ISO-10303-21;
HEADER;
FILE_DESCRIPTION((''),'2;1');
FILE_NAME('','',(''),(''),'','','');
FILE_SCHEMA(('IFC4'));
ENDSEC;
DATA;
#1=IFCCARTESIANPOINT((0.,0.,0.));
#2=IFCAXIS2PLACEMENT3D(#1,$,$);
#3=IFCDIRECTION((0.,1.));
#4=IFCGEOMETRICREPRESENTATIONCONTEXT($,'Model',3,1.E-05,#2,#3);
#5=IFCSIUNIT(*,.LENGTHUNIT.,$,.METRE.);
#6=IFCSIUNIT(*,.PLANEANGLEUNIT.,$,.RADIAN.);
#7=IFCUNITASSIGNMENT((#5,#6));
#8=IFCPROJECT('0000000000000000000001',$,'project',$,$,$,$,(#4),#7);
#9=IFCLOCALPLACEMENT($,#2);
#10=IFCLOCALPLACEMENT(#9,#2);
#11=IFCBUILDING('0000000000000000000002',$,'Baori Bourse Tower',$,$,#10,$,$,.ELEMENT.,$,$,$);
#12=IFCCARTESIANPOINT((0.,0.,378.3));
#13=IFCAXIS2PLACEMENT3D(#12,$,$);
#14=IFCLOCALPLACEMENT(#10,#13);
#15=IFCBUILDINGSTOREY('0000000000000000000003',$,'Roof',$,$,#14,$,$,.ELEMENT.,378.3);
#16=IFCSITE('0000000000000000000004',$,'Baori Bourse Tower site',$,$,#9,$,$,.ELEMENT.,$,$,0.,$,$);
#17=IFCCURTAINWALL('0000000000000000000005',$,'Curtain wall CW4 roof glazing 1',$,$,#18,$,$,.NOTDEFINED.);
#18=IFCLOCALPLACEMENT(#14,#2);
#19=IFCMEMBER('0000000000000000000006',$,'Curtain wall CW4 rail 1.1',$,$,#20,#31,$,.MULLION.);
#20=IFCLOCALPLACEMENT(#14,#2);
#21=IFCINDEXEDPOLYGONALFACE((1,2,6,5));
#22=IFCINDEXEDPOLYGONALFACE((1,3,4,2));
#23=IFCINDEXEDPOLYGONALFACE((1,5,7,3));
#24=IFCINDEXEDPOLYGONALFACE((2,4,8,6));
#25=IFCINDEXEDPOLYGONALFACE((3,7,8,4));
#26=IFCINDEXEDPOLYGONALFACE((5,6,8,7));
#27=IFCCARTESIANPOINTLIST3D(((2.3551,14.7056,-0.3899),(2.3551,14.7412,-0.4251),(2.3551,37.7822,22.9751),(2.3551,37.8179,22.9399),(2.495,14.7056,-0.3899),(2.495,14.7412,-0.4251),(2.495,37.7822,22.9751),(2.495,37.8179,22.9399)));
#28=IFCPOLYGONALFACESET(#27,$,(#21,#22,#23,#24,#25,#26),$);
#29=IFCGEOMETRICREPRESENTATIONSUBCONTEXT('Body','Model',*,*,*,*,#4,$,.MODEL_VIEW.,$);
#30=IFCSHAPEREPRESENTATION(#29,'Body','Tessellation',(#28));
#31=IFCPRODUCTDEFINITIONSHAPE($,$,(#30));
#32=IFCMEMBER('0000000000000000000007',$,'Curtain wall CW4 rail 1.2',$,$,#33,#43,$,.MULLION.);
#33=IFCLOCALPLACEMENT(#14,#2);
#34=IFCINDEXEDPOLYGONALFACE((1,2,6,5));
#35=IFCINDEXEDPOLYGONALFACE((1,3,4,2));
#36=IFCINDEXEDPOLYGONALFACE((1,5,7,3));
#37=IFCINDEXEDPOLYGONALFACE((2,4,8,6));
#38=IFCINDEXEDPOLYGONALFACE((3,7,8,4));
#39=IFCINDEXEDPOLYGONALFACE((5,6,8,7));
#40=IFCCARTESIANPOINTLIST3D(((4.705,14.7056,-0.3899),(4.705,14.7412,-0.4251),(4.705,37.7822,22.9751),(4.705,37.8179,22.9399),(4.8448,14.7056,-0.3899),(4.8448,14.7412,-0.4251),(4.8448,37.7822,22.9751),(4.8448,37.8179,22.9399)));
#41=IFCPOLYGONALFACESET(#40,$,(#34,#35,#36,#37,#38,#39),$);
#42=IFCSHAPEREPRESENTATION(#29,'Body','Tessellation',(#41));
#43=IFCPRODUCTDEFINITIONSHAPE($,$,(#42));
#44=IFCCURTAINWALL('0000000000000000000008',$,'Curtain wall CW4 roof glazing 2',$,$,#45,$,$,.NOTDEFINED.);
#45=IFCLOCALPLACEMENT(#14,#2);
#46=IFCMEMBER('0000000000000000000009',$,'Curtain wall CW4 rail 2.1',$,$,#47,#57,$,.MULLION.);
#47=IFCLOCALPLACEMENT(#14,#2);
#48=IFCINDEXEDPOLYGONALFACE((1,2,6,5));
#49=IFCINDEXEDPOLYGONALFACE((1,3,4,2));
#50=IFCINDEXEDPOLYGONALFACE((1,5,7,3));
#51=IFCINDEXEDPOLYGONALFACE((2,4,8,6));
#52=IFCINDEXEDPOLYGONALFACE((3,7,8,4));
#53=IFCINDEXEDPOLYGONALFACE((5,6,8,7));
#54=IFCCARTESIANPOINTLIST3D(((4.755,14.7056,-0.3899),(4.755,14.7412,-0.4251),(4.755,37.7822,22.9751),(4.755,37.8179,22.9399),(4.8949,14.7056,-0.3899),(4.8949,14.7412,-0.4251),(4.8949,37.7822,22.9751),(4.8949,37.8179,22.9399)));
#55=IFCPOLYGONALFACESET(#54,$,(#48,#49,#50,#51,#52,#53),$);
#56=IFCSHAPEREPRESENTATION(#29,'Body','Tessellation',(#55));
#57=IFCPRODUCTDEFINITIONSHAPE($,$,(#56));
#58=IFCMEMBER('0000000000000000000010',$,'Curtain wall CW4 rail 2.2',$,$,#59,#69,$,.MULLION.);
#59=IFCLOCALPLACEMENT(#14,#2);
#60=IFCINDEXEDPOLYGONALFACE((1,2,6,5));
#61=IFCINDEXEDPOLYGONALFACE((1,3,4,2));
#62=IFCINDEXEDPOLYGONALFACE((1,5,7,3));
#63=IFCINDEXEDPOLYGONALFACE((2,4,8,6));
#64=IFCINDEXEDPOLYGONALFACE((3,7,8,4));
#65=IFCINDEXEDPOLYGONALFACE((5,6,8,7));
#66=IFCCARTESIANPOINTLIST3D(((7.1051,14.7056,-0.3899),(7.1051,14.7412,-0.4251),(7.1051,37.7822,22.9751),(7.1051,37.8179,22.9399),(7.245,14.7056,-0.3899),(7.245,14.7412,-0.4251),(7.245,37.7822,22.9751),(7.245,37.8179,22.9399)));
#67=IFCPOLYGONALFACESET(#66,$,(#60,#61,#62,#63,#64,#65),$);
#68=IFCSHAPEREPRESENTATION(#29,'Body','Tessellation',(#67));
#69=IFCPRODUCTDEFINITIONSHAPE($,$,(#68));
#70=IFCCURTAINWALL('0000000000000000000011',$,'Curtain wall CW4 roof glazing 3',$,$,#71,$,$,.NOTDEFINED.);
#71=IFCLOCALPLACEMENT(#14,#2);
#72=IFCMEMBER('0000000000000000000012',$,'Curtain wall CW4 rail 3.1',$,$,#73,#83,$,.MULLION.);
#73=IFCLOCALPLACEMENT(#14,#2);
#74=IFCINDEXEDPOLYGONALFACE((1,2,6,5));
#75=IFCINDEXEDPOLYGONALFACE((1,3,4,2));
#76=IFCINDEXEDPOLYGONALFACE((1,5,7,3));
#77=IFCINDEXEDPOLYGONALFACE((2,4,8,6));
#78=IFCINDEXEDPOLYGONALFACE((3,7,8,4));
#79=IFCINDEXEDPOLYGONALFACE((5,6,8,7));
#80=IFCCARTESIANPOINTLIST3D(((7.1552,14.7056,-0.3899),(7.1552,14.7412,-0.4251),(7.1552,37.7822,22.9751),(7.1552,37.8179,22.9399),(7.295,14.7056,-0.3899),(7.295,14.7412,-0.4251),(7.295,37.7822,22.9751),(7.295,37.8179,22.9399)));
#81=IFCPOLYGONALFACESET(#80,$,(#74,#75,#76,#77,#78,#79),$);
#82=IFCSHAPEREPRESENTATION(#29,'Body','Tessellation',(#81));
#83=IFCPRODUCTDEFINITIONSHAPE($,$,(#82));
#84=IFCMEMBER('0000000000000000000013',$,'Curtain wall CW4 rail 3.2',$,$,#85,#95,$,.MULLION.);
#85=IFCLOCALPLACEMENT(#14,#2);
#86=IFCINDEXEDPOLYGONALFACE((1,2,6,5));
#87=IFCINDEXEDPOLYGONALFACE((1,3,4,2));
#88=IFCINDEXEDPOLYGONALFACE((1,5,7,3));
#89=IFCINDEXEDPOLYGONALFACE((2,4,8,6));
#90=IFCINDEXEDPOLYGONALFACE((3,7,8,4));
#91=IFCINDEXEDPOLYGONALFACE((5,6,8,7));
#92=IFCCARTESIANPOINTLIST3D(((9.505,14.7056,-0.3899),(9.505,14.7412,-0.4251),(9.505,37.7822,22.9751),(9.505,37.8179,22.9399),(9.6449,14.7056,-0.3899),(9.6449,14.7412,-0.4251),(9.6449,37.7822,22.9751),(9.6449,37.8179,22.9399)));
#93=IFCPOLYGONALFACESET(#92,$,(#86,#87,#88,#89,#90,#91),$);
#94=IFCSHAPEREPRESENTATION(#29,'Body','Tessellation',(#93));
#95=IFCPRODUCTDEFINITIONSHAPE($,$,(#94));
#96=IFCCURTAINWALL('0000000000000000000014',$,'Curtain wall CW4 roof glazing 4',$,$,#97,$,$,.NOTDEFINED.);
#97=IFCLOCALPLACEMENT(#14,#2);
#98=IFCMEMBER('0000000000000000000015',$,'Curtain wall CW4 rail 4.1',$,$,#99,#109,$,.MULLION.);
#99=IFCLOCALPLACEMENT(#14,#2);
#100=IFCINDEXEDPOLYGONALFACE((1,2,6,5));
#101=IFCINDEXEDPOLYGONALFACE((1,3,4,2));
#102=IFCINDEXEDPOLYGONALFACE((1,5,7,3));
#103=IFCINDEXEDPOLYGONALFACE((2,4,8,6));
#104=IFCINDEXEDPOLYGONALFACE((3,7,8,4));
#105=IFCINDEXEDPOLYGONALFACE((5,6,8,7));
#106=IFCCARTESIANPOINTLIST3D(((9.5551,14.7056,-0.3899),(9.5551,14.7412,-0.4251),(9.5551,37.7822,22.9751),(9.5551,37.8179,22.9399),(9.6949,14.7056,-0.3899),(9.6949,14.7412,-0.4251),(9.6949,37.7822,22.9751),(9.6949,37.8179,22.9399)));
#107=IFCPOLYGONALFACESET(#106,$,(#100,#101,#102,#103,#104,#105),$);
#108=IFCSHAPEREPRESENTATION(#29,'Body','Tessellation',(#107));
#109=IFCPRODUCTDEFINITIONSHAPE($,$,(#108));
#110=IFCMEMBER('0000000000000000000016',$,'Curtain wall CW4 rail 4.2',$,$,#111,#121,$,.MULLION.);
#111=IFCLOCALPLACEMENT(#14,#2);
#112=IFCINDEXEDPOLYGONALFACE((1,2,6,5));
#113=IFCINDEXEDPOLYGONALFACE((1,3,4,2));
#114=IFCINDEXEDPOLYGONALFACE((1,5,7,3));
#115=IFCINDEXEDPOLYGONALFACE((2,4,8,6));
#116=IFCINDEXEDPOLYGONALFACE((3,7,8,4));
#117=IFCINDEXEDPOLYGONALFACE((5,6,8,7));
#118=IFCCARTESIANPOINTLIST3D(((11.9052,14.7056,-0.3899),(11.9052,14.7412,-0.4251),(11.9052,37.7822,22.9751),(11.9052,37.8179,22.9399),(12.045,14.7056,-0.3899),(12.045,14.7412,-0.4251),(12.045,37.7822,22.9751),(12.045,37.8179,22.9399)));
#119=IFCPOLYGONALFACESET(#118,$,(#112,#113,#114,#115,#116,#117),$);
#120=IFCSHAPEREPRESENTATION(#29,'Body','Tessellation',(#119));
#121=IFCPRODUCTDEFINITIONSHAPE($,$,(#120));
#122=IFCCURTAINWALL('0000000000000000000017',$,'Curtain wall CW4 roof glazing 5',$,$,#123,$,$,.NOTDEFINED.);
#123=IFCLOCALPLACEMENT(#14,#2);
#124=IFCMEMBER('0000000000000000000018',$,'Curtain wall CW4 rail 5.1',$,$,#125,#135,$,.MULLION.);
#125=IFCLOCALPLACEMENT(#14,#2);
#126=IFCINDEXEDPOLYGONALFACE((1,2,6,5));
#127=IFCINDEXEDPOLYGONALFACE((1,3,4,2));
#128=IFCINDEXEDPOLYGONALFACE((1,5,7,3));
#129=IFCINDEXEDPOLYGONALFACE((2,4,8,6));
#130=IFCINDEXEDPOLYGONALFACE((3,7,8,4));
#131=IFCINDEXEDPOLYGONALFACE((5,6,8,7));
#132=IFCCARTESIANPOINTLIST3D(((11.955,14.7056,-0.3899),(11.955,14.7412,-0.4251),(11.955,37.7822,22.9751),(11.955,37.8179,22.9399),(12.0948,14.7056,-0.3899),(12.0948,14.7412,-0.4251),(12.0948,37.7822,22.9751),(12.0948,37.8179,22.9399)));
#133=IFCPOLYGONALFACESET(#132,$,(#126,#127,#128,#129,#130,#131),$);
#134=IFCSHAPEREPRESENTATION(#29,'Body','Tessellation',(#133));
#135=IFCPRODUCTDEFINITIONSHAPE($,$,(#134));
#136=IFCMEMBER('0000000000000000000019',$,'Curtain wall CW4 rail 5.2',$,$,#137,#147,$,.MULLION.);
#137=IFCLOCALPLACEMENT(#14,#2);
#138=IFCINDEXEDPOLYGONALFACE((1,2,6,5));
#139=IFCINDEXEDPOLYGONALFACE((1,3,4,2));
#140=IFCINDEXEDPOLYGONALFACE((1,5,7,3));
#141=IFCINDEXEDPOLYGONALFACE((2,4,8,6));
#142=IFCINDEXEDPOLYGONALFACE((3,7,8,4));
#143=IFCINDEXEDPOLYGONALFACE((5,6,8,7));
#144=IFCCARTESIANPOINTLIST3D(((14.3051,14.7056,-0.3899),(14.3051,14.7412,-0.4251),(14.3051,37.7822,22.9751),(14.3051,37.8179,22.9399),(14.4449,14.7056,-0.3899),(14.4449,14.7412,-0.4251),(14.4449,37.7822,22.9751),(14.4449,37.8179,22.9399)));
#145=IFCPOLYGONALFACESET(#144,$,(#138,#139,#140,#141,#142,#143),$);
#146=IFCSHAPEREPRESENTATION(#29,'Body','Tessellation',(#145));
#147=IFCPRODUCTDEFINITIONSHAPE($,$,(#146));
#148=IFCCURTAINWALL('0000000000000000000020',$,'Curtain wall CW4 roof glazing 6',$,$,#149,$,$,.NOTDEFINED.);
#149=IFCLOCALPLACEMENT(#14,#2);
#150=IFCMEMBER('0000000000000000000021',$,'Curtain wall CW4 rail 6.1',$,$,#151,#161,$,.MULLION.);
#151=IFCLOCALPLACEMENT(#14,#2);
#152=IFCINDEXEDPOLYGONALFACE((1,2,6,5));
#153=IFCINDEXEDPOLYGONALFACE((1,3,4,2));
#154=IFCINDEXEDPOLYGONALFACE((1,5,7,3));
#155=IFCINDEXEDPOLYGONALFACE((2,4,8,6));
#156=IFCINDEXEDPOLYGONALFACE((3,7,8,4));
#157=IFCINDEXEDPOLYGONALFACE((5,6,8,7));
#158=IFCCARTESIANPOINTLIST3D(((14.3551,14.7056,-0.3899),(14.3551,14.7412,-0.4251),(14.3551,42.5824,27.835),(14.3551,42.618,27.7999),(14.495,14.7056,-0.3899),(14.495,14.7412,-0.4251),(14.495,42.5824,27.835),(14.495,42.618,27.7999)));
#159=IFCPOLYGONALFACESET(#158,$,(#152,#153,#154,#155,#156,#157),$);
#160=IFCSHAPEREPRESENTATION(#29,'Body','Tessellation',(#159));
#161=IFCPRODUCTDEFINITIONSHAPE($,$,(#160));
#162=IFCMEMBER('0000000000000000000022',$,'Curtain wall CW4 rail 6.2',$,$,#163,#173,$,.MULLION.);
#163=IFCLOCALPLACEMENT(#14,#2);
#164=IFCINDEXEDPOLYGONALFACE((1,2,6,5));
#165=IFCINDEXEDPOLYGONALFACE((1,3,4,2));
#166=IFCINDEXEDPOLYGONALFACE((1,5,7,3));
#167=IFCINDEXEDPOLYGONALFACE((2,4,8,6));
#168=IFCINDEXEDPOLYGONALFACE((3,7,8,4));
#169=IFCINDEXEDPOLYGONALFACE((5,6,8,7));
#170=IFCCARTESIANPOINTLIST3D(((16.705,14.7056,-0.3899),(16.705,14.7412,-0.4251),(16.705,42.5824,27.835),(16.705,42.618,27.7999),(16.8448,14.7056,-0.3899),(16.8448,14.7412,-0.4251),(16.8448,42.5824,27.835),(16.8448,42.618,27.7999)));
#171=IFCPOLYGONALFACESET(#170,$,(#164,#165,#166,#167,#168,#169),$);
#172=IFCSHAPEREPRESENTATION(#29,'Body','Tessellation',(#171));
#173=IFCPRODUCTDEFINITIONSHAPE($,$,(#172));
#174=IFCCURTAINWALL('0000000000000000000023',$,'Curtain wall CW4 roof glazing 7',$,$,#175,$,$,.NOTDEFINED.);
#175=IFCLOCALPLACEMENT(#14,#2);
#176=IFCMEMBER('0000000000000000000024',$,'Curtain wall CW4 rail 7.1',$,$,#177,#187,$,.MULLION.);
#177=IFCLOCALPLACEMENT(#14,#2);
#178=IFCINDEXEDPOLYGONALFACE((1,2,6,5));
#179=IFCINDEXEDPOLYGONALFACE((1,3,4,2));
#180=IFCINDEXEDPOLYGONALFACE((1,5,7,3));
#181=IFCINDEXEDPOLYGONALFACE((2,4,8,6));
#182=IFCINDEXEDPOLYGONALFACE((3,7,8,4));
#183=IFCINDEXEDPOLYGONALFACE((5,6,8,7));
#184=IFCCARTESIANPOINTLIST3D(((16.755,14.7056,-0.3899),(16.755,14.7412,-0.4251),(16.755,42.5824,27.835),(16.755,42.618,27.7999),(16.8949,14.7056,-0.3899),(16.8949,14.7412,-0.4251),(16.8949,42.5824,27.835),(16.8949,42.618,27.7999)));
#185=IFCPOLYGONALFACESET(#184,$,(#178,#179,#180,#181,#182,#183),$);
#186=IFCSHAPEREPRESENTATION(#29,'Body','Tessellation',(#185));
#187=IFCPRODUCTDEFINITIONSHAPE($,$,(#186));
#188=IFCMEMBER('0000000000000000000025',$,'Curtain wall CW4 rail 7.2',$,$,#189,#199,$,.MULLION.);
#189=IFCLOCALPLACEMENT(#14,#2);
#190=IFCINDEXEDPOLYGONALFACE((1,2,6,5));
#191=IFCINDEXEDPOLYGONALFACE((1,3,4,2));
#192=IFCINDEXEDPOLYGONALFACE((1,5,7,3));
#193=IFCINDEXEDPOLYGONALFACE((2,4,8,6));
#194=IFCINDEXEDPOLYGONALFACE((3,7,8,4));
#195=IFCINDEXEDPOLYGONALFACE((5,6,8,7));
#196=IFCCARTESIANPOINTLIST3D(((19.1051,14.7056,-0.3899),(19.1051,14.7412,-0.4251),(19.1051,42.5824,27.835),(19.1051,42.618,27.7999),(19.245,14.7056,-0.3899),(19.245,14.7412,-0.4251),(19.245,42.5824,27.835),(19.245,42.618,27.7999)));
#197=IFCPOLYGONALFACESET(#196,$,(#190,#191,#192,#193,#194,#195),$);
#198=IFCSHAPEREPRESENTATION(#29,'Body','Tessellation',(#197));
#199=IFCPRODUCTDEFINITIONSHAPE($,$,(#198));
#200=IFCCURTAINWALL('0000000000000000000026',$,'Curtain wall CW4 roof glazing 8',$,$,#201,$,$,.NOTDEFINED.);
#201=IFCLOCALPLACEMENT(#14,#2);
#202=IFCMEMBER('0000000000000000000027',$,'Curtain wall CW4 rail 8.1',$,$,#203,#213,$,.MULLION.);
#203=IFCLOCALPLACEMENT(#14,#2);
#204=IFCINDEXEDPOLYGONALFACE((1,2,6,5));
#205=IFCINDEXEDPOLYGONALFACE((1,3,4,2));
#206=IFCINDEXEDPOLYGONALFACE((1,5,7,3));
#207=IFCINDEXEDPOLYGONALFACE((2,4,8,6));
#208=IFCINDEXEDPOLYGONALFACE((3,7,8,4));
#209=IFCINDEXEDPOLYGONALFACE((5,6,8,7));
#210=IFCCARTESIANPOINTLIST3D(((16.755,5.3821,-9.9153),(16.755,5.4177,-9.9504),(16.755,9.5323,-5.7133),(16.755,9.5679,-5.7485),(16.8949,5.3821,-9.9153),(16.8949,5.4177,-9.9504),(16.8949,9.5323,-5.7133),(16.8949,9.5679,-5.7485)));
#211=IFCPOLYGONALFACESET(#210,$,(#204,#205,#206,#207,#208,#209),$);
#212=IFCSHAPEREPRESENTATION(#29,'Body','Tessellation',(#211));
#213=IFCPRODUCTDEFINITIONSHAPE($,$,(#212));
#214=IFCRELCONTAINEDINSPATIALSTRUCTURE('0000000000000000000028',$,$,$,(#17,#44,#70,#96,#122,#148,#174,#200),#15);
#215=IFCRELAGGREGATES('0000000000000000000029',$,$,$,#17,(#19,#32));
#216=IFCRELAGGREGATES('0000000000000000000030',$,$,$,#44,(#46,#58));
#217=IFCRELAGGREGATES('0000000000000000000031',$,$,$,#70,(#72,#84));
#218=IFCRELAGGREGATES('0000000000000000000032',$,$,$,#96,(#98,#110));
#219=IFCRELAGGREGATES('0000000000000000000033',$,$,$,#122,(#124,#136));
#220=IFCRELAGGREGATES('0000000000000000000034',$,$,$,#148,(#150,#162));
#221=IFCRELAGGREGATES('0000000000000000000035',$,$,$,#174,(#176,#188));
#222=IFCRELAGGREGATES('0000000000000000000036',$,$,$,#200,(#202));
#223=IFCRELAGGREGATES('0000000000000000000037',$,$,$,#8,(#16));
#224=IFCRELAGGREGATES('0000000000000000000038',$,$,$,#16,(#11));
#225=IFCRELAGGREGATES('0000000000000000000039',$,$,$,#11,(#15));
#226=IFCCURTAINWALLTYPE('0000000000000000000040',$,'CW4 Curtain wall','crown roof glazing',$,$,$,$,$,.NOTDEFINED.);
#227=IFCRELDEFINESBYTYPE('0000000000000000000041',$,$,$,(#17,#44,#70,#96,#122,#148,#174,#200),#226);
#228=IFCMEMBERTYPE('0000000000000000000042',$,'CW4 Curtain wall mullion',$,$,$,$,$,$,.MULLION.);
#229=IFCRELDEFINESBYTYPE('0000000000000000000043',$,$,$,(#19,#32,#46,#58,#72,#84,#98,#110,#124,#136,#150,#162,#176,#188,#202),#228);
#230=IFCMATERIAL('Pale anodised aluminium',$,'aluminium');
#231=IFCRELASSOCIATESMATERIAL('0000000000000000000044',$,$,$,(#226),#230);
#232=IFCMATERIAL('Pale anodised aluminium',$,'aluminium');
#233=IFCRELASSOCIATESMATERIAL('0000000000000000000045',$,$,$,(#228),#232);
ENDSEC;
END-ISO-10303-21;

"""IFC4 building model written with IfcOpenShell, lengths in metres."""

from ifc_helpers import new_model, si_unit, direction, frame, origin, origin_2d, place, context, subcontext, project, spatial, rectangle, extrude, material, material_profile, profile_set, type_object, element, aggregate, save


model = new_model("IFC4")

# Units and contexts
model_context = context("Model", 3, precision=1e-05, world=origin(), true_north=direction((0.0, 1.0)))
body_context = subcontext(model_context, "Body", "Model", "MODEL_VIEW")
ifc_project = project(units=[si_unit("LENGTHUNIT", "METRE"), si_unit("PLANEANGLEUNIT", "RADIAN")], contexts=[model_context])

# Site, building, storey
site_placement = place(None, origin())
site = spatial("IfcSite", under=ifc_project, at=site_placement, Name="Baori Bourse Tower site", CompositionType="ELEMENT", RefElevation=0.0)
building_placement = place(site_placement, origin())
building = spatial("IfcBuilding", under=site, at=building_placement, Name="Baori Bourse Tower", CompositionType="ELEMENT")
storey_placement = place(building_placement, frame((0.0, 0.0, 378.3)))
storey = spatial("IfcBuildingStorey", under=building, at=storey_placement, Name="Roof", CompositionType="ELEMENT", Elevation=378.3)

# Curtain walls, members
ifc_material_1 = material(Name="Pale anodised aluminium", Category="aluminium")
curtain_wall_type = type_object("IfcCurtainWallType", Name="CW4 Curtain wall", Description="crown roof glazing", PredefinedType="NOTDEFINED", material=ifc_material_1)
curtain_wall_1_placement = place(storey_placement, origin())
curtain_wall_1 = element("IfcCurtainWall", 1, at=curtain_wall_1_placement, inside=storey, type_object=curtain_wall_type, Name="Curtain wall CW4 roof glazing 1", PredefinedType="NOTDEFINED")
ifc_material_2 = material(Name="Pale anodised aluminium", Category="aluminium")
ifc_material_profile_1 = material_profile(ifc_material_2, rectangle(XDim=0.1399, YDim=0.05, at=origin_2d()), Name="Mullion 50x140")
ifc_profile_set_1 = profile_set([ifc_material_profile_1], Name="Pale anodised aluminium")
member_type_1 = type_object("IfcMemberType", Name="CW4 Curtain wall mullion", PredefinedType="MULLION", material=ifc_profile_set_1)
member_1_placement = place(storey_placement, frame((2.425, 14.7234, -0.4075), z_axis=(0.0, 0.702703, 0.711483), x_axis=(-1.0, 0.0, 0.0)))
member_1 = element("IfcMember", 2, at=member_1_placement, type_object=member_type_1, Name="Curtain wall CW4 rail 1.1", PredefinedType="MULLION", context=body_context, shape_type="SweptSolid", body=[
    extrude(rectangle(XDim=0.1399, YDim=0.05, at=origin_2d()), origin(), (0.0, 0.0, 1.0), 32.8398),
])
member_2_placement = place(storey_placement, frame((4.7749, 14.7234, -0.4075), z_axis=(0.0, 0.702703, 0.711483), x_axis=(-1.0, 0.0, 0.0)))
member_2 = element("IfcMember", 3, at=member_2_placement, type_object=member_type_1, Name="Curtain wall CW4 rail 1.2", PredefinedType="MULLION", context=body_context, shape_type="SweptSolid", body=[
    extrude(rectangle(XDim=0.1399, YDim=0.05, at=origin_2d()), origin(), (0.0, 0.0, 1.0), 32.8398),
])
curtain_wall_2_placement = place(storey_placement, origin())
curtain_wall_2 = element("IfcCurtainWall", 4, at=curtain_wall_2_placement, inside=storey, type_object=curtain_wall_type, Name="Curtain wall CW4 roof glazing 2", PredefinedType="NOTDEFINED")
member_3_placement = place(storey_placement, frame((4.825, 14.7234, -0.4075), z_axis=(0.0, 0.702703, 0.711483), x_axis=(-1.0, 0.0, 0.0)))
member_3 = element("IfcMember", 5, at=member_3_placement, type_object=member_type_1, Name="Curtain wall CW4 rail 2.1", PredefinedType="MULLION", context=body_context, shape_type="SweptSolid", body=[
    extrude(rectangle(XDim=0.1399, YDim=0.05, at=origin_2d()), origin(), (0.0, 0.0, 1.0), 32.8398),
])
member_4_placement = place(storey_placement, frame((7.175, 14.7234, -0.4075), z_axis=(0.0, 0.702703, 0.711483), x_axis=(-1.0, 0.0, 0.0)))
member_4 = element("IfcMember", 6, at=member_4_placement, type_object=member_type_1, Name="Curtain wall CW4 rail 2.2", PredefinedType="MULLION", context=body_context, shape_type="SweptSolid", body=[
    extrude(rectangle(XDim=0.1399, YDim=0.05, at=origin_2d()), origin(), (0.0, 0.0, 1.0), 32.8398),
])
curtain_wall_3_placement = place(storey_placement, origin())
curtain_wall_3 = element("IfcCurtainWall", 7, at=curtain_wall_3_placement, inside=storey, type_object=curtain_wall_type, Name="Curtain wall CW4 roof glazing 3", PredefinedType="NOTDEFINED")
member_5_placement = place(storey_placement, frame((7.2251, 14.7234, -0.4075), z_axis=(0.0, 0.702703, 0.711483), x_axis=(-1.0, 0.0, 0.0)))
member_5 = element("IfcMember", 8, at=member_5_placement, type_object=member_type_1, Name="Curtain wall CW4 rail 3.1", PredefinedType="MULLION", context=body_context, shape_type="SweptSolid", body=[
    extrude(rectangle(XDim=0.1399, YDim=0.05, at=origin_2d()), origin(), (0.0, 0.0, 1.0), 32.8398),
])
member_6_placement = place(storey_placement, frame((9.575, 14.7234, -0.4075), z_axis=(0.0, 0.702703, 0.711483), x_axis=(-1.0, 0.0, 0.0)))
member_6 = element("IfcMember", 9, at=member_6_placement, type_object=member_type_1, Name="Curtain wall CW4 rail 3.2", PredefinedType="MULLION", context=body_context, shape_type="SweptSolid", body=[
    extrude(rectangle(XDim=0.1399, YDim=0.05, at=origin_2d()), origin(), (0.0, 0.0, 1.0), 32.8398),
])
curtain_wall_4_placement = place(storey_placement, origin())
curtain_wall_4 = element("IfcCurtainWall", 10, at=curtain_wall_4_placement, inside=storey, type_object=curtain_wall_type, Name="Curtain wall CW4 roof glazing 4", PredefinedType="NOTDEFINED")
member_7_placement = place(storey_placement, frame((9.625, 14.7234, -0.4075), z_axis=(0.0, 0.702703, 0.711483), x_axis=(-1.0, 0.0, 0.0)))
member_7 = element("IfcMember", 11, at=member_7_placement, type_object=member_type_1, Name="Curtain wall CW4 rail 4.1", PredefinedType="MULLION", context=body_context, shape_type="SweptSolid", body=[
    extrude(rectangle(XDim=0.1399, YDim=0.05, at=origin_2d()), origin(), (0.0, 0.0, 1.0), 32.8398),
])
member_8_placement = place(storey_placement, frame((11.9751, 14.7234, -0.4075), z_axis=(0.0, 0.702703, 0.711483), x_axis=(-1.0, 0.0, 0.0)))
member_8 = element("IfcMember", 12, at=member_8_placement, type_object=member_type_1, Name="Curtain wall CW4 rail 4.2", PredefinedType="MULLION", context=body_context, shape_type="SweptSolid", body=[
    extrude(rectangle(XDim=0.1399, YDim=0.05, at=origin_2d()), origin(), (0.0, 0.0, 1.0), 32.8398),
])
curtain_wall_5_placement = place(storey_placement, origin())
curtain_wall_5 = element("IfcCurtainWall", 13, at=curtain_wall_5_placement, inside=storey, type_object=curtain_wall_type, Name="Curtain wall CW4 roof glazing 5", PredefinedType="NOTDEFINED")
member_9_placement = place(storey_placement, frame((12.0249, 14.7234, -0.4075), z_axis=(0.0, 0.702703, 0.711483), x_axis=(-1.0, 0.0, 0.0)))
member_9 = element("IfcMember", 14, at=member_9_placement, type_object=member_type_1, Name="Curtain wall CW4 rail 5.1", PredefinedType="MULLION", context=body_context, shape_type="SweptSolid", body=[
    extrude(rectangle(XDim=0.1399, YDim=0.05, at=origin_2d()), origin(), (0.0, 0.0, 1.0), 32.8398),
])
member_10_placement = place(storey_placement, frame((14.375, 14.7234, -0.4075), z_axis=(0.0, 0.702703, 0.711483), x_axis=(-1.0, 0.0, 0.0)))
member_10 = element("IfcMember", 15, at=member_10_placement, type_object=member_type_1, Name="Curtain wall CW4 rail 5.2", PredefinedType="MULLION", context=body_context, shape_type="SweptSolid", body=[
    extrude(rectangle(XDim=0.1399, YDim=0.05, at=origin_2d()), origin(), (0.0, 0.0, 1.0), 32.8398),
])
curtain_wall_6_placement = place(storey_placement, origin())
curtain_wall_6 = element("IfcCurtainWall", 16, at=curtain_wall_6_placement, inside=storey, type_object=curtain_wall_type, Name="Curtain wall CW4 roof glazing 6", PredefinedType="NOTDEFINED")
member_11_placement = place(storey_placement, frame((14.425, 14.7234, -0.4075), z_axis=(0.0, 0.702705, 0.711481), x_axis=(-1.0, 0.0, 0.0)))
member_11 = element("IfcMember", 17, at=member_11_placement, type_object=member_type_1, Name="Curtain wall CW4 rail 6.1", PredefinedType="MULLION", context=body_context, shape_type="SweptSolid", body=[
    extrude(rectangle(XDim=0.1399, YDim=0.05, at=origin_2d()), origin(), (0.0, 0.0, 1.0), 39.6707),
])
member_12_placement = place(storey_placement, frame((16.7749, 14.7234, -0.4075), z_axis=(0.0, 0.702705, 0.711481), x_axis=(-1.0, 0.0, 0.0)))
member_12 = element("IfcMember", 18, at=member_12_placement, type_object=member_type_1, Name="Curtain wall CW4 rail 6.2", PredefinedType="MULLION", context=body_context, shape_type="SweptSolid", body=[
    extrude(rectangle(XDim=0.1399, YDim=0.05, at=origin_2d()), origin(), (0.0, 0.0, 1.0), 39.6707),
])
curtain_wall_7_placement = place(storey_placement, origin())
curtain_wall_7 = element("IfcCurtainWall", 19, at=curtain_wall_7_placement, inside=storey, type_object=curtain_wall_type, Name="Curtain wall CW4 roof glazing 7", PredefinedType="NOTDEFINED")
member_13_placement = place(storey_placement, frame((16.825, 14.7234, -0.4075), z_axis=(0.0, 0.702705, 0.711481), x_axis=(-1.0, 0.0, 0.0)))
member_13 = element("IfcMember", 20, at=member_13_placement, type_object=member_type_1, Name="Curtain wall CW4 rail 7.1", PredefinedType="MULLION", context=body_context, shape_type="SweptSolid", body=[
    extrude(rectangle(XDim=0.1399, YDim=0.05, at=origin_2d()), origin(), (0.0, 0.0, 1.0), 39.6707),
])
member_14_placement = place(storey_placement, frame((19.175, 14.7234, -0.4075), z_axis=(0.0, 0.702705, 0.711481), x_axis=(-1.0, 0.0, 0.0)))
member_14 = element("IfcMember", 21, at=member_14_placement, type_object=member_type_1, Name="Curtain wall CW4 rail 7.2", PredefinedType="MULLION", context=body_context, shape_type="SweptSolid", body=[
    extrude(rectangle(XDim=0.1399, YDim=0.05, at=origin_2d()), origin(), (0.0, 0.0, 1.0), 39.6707),
])
curtain_wall_8_placement = place(storey_placement, origin())
curtain_wall_8 = element("IfcCurtainWall", 22, at=curtain_wall_8_placement, inside=storey, type_object=curtain_wall_type, Name="Curtain wall CW4 roof glazing 8", PredefinedType="NOTDEFINED")
member_15_placement = place(storey_placement, frame((16.825, 5.3999, -9.9329), z_axis=(0.0, 0.702711, 0.711475), x_axis=(-1.0, 0.0, 0.0)))
member_15 = element("IfcMember", 23, at=member_15_placement, type_object=member_type_1, Name="Curtain wall CW4 rail 8.1", PredefinedType="MULLION", context=body_context, shape_type="SweptSolid", body=[
    extrude(rectangle(XDim=0.1399, YDim=0.05, at=origin_2d()), origin(), (0.0, 0.0, 1.0), 5.906),
])

aggregate(curtain_wall_1, [member_1, member_2])
aggregate(curtain_wall_2, [member_3, member_4])
aggregate(curtain_wall_3, [member_5, member_6])
aggregate(curtain_wall_4, [member_7, member_8])
aggregate(curtain_wall_5, [member_9, member_10])
aggregate(curtain_wall_6, [member_11, member_12])
aggregate(curtain_wall_7, [member_13, member_14])
aggregate(curtain_wall_8, [member_15])

save(model, "model.ifc")
